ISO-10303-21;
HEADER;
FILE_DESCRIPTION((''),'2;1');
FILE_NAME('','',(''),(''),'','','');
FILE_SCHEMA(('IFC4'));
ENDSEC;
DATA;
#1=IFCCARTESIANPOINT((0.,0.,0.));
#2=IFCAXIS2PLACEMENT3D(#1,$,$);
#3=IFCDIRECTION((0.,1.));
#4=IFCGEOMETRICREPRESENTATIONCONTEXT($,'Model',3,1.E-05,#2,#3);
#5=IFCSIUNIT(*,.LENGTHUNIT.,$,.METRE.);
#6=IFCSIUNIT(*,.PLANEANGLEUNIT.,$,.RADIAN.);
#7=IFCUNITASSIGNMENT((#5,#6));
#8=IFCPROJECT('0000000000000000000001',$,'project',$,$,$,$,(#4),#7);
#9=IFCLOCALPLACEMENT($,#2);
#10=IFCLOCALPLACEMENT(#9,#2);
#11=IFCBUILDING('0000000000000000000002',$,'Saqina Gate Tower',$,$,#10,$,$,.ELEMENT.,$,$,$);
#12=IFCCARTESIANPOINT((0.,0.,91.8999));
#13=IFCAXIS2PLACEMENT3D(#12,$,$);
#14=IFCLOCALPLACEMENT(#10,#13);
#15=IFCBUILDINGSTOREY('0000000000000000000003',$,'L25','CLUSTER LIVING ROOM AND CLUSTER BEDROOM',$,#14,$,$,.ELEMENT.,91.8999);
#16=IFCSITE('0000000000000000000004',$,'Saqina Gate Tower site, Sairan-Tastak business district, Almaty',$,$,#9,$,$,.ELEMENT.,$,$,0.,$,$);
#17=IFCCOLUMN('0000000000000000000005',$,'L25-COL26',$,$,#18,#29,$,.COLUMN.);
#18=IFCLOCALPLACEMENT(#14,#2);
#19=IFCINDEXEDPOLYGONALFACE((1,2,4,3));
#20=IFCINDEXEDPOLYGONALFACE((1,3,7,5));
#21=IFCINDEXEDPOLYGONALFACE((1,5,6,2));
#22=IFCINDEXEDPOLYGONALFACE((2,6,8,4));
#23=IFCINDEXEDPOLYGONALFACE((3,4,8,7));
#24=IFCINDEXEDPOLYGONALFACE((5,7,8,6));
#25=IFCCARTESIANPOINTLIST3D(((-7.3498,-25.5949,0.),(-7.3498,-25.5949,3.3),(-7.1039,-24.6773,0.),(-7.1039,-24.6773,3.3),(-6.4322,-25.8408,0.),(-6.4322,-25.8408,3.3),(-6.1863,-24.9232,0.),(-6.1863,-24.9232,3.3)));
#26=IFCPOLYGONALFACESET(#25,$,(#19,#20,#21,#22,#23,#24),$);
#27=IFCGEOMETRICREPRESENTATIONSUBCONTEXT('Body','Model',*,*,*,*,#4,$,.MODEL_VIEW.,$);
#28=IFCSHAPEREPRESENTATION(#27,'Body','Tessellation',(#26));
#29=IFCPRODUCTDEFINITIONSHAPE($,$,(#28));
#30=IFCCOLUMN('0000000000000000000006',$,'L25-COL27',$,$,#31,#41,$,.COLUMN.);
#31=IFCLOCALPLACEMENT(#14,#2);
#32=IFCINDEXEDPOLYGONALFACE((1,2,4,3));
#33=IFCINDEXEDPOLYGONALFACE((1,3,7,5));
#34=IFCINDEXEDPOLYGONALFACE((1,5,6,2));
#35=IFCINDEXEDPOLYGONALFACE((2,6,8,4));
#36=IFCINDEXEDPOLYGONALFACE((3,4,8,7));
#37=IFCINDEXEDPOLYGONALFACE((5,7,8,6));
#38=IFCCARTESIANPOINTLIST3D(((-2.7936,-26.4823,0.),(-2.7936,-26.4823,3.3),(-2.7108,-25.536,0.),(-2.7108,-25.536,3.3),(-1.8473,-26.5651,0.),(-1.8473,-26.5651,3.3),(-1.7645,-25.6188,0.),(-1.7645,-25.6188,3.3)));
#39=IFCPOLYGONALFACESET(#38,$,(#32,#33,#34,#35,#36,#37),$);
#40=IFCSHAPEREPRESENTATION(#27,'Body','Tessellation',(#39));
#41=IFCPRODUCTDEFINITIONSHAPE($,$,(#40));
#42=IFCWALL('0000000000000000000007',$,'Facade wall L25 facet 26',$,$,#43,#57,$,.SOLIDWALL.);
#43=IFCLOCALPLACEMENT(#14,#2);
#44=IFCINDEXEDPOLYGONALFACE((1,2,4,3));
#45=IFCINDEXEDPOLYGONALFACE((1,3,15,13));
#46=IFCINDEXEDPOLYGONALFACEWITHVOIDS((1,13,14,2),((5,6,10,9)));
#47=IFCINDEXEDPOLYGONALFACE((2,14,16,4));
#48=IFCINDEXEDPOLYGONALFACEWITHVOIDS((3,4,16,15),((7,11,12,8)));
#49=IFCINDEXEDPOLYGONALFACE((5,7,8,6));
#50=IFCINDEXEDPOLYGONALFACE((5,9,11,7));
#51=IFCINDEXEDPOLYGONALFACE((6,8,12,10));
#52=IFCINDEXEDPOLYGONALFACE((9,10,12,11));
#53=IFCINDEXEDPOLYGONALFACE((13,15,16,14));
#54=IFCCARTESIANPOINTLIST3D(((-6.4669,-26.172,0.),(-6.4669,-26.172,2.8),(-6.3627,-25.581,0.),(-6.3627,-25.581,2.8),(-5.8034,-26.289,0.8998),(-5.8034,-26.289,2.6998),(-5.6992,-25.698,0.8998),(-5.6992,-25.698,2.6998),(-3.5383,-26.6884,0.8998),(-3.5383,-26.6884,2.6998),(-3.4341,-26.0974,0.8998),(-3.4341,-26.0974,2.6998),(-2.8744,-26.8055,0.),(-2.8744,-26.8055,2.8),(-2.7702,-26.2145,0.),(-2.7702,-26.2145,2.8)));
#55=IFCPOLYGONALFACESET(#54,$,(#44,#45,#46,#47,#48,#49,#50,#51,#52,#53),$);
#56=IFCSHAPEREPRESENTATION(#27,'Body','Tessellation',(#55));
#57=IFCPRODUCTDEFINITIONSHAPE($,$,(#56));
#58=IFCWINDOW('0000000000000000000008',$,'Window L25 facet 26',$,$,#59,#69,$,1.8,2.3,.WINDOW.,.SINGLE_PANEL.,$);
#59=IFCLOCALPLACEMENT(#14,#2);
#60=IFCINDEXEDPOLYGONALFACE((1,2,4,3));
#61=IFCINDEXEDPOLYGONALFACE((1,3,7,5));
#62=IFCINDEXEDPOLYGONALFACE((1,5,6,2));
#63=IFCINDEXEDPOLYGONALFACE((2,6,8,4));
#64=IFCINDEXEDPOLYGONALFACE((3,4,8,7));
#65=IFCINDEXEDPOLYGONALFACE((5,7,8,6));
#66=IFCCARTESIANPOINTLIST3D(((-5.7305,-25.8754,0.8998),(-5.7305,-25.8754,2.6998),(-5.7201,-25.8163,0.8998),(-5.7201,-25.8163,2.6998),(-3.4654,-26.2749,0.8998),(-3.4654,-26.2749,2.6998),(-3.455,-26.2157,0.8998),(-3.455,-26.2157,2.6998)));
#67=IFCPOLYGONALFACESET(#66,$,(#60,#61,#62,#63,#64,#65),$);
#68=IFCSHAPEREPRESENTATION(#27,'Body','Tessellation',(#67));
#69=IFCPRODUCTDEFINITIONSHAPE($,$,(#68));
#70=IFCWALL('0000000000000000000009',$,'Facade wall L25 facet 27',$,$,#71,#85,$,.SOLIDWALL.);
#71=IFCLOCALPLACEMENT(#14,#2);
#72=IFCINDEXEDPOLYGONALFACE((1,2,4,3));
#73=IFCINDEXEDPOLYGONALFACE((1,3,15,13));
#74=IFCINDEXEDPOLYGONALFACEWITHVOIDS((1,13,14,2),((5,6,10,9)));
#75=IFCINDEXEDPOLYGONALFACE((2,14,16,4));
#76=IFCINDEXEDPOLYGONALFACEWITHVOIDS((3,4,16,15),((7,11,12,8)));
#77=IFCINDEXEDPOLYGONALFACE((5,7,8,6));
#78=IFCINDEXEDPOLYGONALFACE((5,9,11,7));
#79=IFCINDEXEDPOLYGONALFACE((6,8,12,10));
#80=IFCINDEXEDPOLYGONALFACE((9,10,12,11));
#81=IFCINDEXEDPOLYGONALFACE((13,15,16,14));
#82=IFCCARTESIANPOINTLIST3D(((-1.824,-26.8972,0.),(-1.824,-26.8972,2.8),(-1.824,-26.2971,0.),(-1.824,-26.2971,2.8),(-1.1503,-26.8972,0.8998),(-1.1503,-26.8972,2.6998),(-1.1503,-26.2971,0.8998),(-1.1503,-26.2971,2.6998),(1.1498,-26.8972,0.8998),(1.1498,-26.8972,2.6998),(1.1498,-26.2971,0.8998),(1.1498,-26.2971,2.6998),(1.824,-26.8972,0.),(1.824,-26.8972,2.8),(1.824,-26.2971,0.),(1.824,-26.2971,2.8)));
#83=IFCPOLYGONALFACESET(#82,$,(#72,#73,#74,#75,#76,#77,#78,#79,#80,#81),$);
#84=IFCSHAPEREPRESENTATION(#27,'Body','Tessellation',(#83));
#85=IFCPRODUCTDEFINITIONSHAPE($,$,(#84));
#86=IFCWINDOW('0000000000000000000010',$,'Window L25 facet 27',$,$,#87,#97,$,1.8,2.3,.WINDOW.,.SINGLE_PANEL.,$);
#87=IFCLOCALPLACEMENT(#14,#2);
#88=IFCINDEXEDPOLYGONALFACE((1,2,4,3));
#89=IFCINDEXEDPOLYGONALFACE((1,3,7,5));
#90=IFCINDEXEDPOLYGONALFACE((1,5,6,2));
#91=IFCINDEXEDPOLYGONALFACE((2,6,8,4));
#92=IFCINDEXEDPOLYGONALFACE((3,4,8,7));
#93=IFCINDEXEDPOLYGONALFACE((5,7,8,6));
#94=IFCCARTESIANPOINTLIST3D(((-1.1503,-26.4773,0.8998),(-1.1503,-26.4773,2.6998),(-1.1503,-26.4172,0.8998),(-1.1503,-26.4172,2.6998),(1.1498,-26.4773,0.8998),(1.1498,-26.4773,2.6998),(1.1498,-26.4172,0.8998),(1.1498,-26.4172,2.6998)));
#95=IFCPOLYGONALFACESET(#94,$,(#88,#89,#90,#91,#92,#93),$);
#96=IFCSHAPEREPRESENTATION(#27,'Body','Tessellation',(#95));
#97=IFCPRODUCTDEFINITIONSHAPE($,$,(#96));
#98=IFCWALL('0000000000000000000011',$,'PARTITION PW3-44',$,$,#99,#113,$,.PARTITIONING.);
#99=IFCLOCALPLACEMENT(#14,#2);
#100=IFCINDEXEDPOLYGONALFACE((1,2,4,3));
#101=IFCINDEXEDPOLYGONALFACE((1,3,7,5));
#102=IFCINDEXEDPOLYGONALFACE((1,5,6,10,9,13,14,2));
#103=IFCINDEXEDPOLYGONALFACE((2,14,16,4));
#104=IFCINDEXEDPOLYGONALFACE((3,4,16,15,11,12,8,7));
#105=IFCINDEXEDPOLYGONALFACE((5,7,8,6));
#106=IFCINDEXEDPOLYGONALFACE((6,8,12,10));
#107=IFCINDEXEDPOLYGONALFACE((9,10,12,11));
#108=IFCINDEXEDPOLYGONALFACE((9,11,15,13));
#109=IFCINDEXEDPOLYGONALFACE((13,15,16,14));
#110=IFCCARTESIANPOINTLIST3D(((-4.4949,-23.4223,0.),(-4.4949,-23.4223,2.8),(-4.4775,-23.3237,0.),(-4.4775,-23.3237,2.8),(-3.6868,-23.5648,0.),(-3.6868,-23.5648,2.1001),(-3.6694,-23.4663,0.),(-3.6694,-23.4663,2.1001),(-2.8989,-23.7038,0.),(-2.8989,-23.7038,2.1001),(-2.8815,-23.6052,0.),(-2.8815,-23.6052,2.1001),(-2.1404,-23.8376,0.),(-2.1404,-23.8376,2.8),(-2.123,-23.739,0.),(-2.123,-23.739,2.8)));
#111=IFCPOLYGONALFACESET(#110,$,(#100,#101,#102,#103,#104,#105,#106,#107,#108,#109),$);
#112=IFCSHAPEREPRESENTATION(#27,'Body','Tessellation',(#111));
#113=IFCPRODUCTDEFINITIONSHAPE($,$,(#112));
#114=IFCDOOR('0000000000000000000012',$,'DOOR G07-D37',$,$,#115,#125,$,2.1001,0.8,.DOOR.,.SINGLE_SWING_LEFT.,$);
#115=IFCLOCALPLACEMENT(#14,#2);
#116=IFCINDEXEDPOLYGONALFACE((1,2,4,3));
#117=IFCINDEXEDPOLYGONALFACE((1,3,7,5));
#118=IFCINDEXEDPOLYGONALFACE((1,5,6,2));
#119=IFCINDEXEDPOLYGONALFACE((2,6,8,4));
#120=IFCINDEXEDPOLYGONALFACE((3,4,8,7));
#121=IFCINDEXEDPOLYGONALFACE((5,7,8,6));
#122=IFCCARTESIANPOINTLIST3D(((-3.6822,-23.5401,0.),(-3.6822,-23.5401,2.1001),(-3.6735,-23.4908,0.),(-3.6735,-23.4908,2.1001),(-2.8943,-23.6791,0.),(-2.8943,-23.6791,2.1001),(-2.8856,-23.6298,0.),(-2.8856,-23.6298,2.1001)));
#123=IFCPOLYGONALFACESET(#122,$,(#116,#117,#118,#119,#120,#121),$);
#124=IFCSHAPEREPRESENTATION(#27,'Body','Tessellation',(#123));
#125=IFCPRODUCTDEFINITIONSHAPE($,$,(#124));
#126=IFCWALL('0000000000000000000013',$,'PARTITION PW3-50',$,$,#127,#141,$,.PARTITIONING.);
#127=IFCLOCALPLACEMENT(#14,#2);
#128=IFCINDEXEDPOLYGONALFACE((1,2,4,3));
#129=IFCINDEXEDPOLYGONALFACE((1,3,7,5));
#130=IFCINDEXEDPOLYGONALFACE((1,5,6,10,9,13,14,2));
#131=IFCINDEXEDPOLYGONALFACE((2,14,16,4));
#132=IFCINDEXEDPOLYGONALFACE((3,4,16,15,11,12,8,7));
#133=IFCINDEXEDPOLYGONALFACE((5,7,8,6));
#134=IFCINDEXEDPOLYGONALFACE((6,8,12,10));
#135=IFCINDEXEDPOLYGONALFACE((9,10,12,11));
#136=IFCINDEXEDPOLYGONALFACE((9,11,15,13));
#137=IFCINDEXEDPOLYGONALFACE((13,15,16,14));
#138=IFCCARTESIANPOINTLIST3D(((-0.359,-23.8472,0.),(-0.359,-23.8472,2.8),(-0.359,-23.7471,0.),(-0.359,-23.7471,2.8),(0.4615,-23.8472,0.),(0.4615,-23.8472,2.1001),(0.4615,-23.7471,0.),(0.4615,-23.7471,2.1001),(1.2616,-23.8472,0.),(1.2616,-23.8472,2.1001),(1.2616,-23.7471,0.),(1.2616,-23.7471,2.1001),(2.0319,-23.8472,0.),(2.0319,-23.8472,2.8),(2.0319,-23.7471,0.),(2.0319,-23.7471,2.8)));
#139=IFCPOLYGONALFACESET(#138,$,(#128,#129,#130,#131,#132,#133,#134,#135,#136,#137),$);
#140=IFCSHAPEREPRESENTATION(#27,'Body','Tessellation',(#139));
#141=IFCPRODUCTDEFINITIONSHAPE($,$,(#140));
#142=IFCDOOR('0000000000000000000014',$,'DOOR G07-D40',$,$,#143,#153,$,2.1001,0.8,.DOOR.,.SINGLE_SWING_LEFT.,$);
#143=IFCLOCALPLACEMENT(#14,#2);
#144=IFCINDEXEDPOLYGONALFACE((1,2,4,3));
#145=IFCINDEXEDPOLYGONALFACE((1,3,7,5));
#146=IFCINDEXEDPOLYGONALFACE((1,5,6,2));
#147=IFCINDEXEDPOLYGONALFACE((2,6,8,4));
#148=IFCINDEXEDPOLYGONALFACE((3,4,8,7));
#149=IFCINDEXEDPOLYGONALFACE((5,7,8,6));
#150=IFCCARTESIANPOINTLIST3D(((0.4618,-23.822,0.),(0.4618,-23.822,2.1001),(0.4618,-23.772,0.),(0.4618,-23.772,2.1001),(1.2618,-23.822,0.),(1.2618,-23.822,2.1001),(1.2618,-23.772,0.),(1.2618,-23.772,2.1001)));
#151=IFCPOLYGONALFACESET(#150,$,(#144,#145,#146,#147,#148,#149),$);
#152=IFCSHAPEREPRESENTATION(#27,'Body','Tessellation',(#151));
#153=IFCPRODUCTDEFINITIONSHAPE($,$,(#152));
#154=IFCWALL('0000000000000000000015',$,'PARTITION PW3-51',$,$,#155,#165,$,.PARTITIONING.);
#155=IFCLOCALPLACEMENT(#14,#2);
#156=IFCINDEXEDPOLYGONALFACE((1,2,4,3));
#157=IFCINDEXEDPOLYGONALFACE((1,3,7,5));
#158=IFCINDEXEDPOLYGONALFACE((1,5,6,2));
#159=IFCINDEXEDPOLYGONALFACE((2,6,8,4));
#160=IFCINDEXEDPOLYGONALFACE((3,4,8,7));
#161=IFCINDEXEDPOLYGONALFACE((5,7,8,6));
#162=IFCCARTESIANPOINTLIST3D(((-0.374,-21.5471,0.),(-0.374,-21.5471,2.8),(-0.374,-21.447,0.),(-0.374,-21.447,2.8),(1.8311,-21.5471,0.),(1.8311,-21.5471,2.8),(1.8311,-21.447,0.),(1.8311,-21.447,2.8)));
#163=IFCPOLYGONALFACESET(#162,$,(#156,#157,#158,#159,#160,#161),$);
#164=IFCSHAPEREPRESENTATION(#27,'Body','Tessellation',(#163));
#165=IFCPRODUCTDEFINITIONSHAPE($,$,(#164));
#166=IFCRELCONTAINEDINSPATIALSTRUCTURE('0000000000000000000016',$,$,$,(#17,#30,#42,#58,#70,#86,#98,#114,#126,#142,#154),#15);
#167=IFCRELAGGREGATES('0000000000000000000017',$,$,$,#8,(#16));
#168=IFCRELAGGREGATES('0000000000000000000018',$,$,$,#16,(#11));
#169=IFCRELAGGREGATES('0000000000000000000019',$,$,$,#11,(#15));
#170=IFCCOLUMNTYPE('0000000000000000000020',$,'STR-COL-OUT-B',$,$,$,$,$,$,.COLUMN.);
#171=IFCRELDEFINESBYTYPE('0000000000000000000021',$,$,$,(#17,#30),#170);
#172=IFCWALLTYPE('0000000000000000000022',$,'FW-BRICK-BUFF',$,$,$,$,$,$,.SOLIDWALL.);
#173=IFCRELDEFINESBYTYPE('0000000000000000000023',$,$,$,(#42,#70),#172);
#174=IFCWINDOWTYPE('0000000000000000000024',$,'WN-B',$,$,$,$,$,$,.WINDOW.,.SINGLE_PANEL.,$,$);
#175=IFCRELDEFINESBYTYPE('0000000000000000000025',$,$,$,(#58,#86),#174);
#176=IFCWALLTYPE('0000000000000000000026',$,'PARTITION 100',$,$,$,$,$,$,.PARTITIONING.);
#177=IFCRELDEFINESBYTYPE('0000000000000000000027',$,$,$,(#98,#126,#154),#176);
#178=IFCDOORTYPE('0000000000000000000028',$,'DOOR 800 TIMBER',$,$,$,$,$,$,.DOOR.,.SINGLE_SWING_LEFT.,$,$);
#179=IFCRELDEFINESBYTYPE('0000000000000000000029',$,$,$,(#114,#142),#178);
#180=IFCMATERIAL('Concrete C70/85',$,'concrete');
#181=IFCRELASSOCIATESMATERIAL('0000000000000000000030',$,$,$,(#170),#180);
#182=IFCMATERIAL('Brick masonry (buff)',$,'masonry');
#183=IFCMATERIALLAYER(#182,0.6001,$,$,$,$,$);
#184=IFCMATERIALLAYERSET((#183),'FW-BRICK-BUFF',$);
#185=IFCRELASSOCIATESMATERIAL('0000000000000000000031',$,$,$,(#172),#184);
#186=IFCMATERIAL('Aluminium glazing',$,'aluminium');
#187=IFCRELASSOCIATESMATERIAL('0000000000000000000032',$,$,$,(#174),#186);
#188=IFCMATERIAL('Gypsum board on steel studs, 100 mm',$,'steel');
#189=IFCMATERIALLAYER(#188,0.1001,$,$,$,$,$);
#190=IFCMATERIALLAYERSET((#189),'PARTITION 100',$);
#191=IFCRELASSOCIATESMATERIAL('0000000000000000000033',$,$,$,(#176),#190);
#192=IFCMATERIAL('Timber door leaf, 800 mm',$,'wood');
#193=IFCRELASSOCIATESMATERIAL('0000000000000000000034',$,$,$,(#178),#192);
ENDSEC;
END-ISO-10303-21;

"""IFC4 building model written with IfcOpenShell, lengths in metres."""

from ifc_helpers import new_model, si_unit, direction, frame, frame_2d, origin, origin_2d, place, context, subcontext, project, spatial, rectangle, extrude, material, layer, layer_set, material_profile, profile_set, type_object, element, fill, save


model = new_model("IFC4")

# Units and contexts
model_context = context("Model", 3, precision=1e-05, world=origin(), true_north=direction((0.0, 1.0)))
body_context = subcontext(model_context, "Body", "Model", "MODEL_VIEW")
ifc_project = project(units=[si_unit("LENGTHUNIT", "METRE"), si_unit("PLANEANGLEUNIT", "RADIAN")], contexts=[model_context])

# Site, building, storey
site_placement = place(None, origin())
site = spatial("IfcSite", under=ifc_project, at=site_placement, Name="Saqina Gate Tower site, Sairan-Tastak business district, Almaty", CompositionType="ELEMENT", RefElevation=0.0)
building_placement = place(site_placement, origin())
building = spatial("IfcBuilding", under=site, at=building_placement, Name="Saqina Gate Tower", CompositionType="ELEMENT")
storey_placement = place(building_placement, frame((0.0, 0.0, 91.8999)))
storey = spatial("IfcBuildingStorey", under=building, at=storey_placement, Name="L25", Description="CLUSTER LIVING ROOM AND CLUSTER BEDROOM", CompositionType="ELEMENT", Elevation=91.8999)

# Columns
ifc_material_1 = material(Name="Concrete C70/85", Category="concrete")
ifc_material_profile = material_profile(ifc_material_1, rectangle(XDim=0.95, YDim=0.95, at=origin_2d()), Name="RC 950x950")
ifc_profile_set = profile_set([ifc_material_profile], Name="Concrete C70/85")
column_type = type_object("IfcColumnType", Name="STR-COL-OUT-B", PredefinedType="COLUMN", material=ifc_profile_set)
for number, where, z_axis, x_axis, name in (
    (1, (-6.7681, -25.259, 0.0), (0.0, 0.0, 1.0), (-0.258819, -0.965926, 0.0), "L25-COL26"),
    (2, (-2.2791, -26.0505, 0.0), (0.0, 0.0, 1.0), (-0.087156, -0.996195, 0.0), "L25-COL27"),
):
    element("IfcColumn", number, at=place(storey_placement, frame(where, z_axis=z_axis, x_axis=x_axis)), inside=storey, type_object=column_type, Name=name, PredefinedType="COLUMN", context=body_context, shape_type="SweptSolid", body=[
        extrude(rectangle(XDim=0.95, YDim=0.95, at=origin_2d()), origin(), (0.0, 0.0, 1.0), 3.3),
    ])

# Walls, openings, windows
ifc_material_2 = material(Name="Brick masonry (buff)", Category="masonry")
ifc_layer_1 = layer(ifc_material_2, 0.6001)
ifc_layer_set_1 = layer_set([ifc_layer_1], Name="FW-BRICK-BUFF")
wall_type_1 = type_object("IfcWallType", Name="FW-BRICK-BUFF", PredefinedType="SOLIDWALL", material=ifc_layer_set_1)
wall_1_placement = place(storey_placement, frame((-6.4148, -25.8765, 0.0), z_axis=(0.0, 0.0, 1.0), x_axis=(0.984804, -0.173671, 0.0)))
wall_1 = element("IfcWall", 3, at=wall_1_placement, inside=storey, type_object=wall_type_1, Name="Facade wall L25 facet 26", PredefinedType="SOLIDWALL", context=body_context, shape_type="SweptSolid", body=[
    extrude(rectangle(XDim=3.6479, YDim=0.6001, at=frame_2d((1.824, 0.0))), origin(), (0.0, 0.0, 1.0), 2.8),
])
opening_1_placement = place(wall_1_placement, frame((0.6738, 0.0, 0.8999)))
opening_1 = element("IfcOpeningElement", 4, at=opening_1_placement, cuts=wall_1, PredefinedType="OPENING", context=body_context, shape_type="SweptSolid", body=[
    extrude(rectangle(XDim=2.3, YDim=1.8, at=frame_2d((1.1499, 0.8999))), frame((0.0, 0.312, 0.0), z_axis=(0.0, -1.0, 0.0), x_axis=(1.0, 0.0, 0.0)), (0.0, 0.0, 1.0), 0.624),
])
ifc_material_3 = material(Name="Aluminium glazing", Category="aluminium")
window_type = type_object("IfcWindowType", Name="WN-B", PartitioningType="SINGLE_PANEL", PredefinedType="WINDOW", material=ifc_material_3)
window_1_placement = place(opening_1_placement, origin())
window_1 = element("IfcWindow", 5, at=window_1_placement, inside=storey, type_object=window_type, Name="Window L25 facet 26", OverallHeight=1.8, OverallWidth=2.3, PartitioningType="SINGLE_PANEL", PredefinedType="WINDOW", context=body_context, shape_type="SweptSolid", body=[
    extrude(rectangle(XDim=2.3, YDim=1.8, at=frame_2d((1.1499, 0.8999))), frame((0.0, 0.1799, 0.0), z_axis=(0.0, -1.0, 0.0), x_axis=(1.0, 0.0, 0.0)), (0.0, 0.0, 1.0), 0.0601),
])
fill(opening_1, window_1)
wall_2_placement = place(storey_placement, frame((-1.824, -26.5972, 0.0), z_axis=(0.0, 0.0, 1.0), x_axis=(1.0, 0.0, 0.0)))
wall_2 = element("IfcWall", 6, at=wall_2_placement, inside=storey, type_object=wall_type_1, Name="Facade wall L25 facet 27", PredefinedType="SOLIDWALL", context=body_context, shape_type="SweptSolid", body=[
    extrude(rectangle(XDim=3.6479, YDim=0.6001, at=frame_2d((1.824, 0.0))), origin(), (0.0, 0.0, 1.0), 2.8),
])
opening_2_placement = place(wall_2_placement, frame((0.6738, 0.0, 0.8999)))
opening_2 = element("IfcOpeningElement", 7, at=opening_2_placement, cuts=wall_2, PredefinedType="OPENING", context=body_context, shape_type="SweptSolid", body=[
    extrude(rectangle(XDim=2.3, YDim=1.8, at=frame_2d((1.1499, 0.8999))), frame((0.0, 0.312, 0.0), z_axis=(0.0, -1.0, 0.0), x_axis=(1.0, 0.0, 0.0)), (0.0, 0.0, 1.0), 0.624),
])
window_2_placement = place(opening_2_placement, origin())
window_2 = element("IfcWindow", 8, at=window_2_placement, inside=storey, type_object=window_type, Name="Window L25 facet 27", OverallHeight=1.8, OverallWidth=2.3, PartitioningType="SINGLE_PANEL", PredefinedType="WINDOW", context=body_context, shape_type="SweptSolid", body=[
    extrude(rectangle(XDim=2.3, YDim=1.8, at=frame_2d((1.1499, 0.8999))), frame((0.0, 0.1799, 0.0), z_axis=(0.0, -1.0, 0.0), x_axis=(1.0, 0.0, 0.0)), (0.0, 0.0, 1.0), 0.0601),
])
fill(opening_2, window_2)

# Walls, openings, doors
ifc_material_4 = material(Name="Gypsum board on steel studs, 100 mm", Category="steel")
ifc_layer_2 = layer(ifc_material_4, 0.1001)
ifc_layer_set_2 = layer_set([ifc_layer_2], Name="PARTITION 100")
wall_type_2 = type_object("IfcWallType", Name="PARTITION 100", PredefinedType="PARTITIONING", material=ifc_layer_set_2)
wall_3_placement = place(storey_placement, frame((-4.4861, -23.373, 0.0), z_axis=(0.0, 0.0, 1.0), x_axis=(0.984799, -0.173698, 0.0)))
wall_3 = element("IfcWall", 9, at=wall_3_placement, inside=storey, type_object=wall_type_2, Name="PARTITION PW3-44", PredefinedType="PARTITIONING", context=body_context, shape_type="SweptSolid", body=[
    extrude(rectangle(XDim=2.3909, YDim=0.1001, at=frame_2d((1.1953, 0.0))), origin(), (0.0, 0.0, 1.0), 2.8),
])
opening_3_placement = place(wall_3_placement, frame((0.8206, 0.0, 0.0)))
opening_3 = element("IfcOpeningElement", 10, at=opening_3_placement, cuts=wall_3, PredefinedType="OPENING", context=body_context, shape_type="SweptSolid", body=[
    extrude(rectangle(XDim=0.8, YDim=2.1001, at=frame_2d((0.3999, 1.05))), frame((0.0, 0.062, 0.0), z_axis=(0.0, -1.0, 0.0), x_axis=(1.0, 0.0, 0.0)), (0.0, 0.0, 1.0), 0.124),
])
ifc_material_5 = material(Name="Timber door leaf, 800 mm", Category="wood")
door_type_1 = type_object("IfcDoorType", Name="DOOR 800 TIMBER", OperationType="SINGLE_SWING_LEFT", PredefinedType="DOOR", material=ifc_material_5)
door_1_placement = place(opening_3_placement, frame((0.8, 0.0, 0.0), z_axis=(0.0, 0.0, 1.0), x_axis=(-1.0, 0.0, 0.0)))
door_1 = element("IfcDoor", 11, at=door_1_placement, inside=storey, type_object=door_type_1, Name="DOOR G07-D37", OperationType="SINGLE_SWING_LEFT", OverallHeight=2.1001, OverallWidth=0.8, PredefinedType="DOOR", context=body_context, shape_type="SweptSolid", body=[
    extrude(rectangle(XDim=0.8, YDim=2.1001, at=frame_2d((0.3999, 1.05))), frame((0.0, 0.0249, 0.0), z_axis=(0.0, -1.0, 0.0), x_axis=(1.0, 0.0, 0.0)), (0.0, 0.0, 1.0), 0.05),
])
fill(opening_3, door_1)
wall_4_placement = place(storey_placement, frame((-0.3589, -23.7971, 0.0), z_axis=(0.0, 0.0, 1.0), x_axis=(1.0, 0.0, 0.0)))
wall_4 = element("IfcWall", 12, at=wall_4_placement, inside=storey, type_object=wall_type_2, Name="PARTITION PW3-50", PredefinedType="PARTITIONING", context=body_context, shape_type="SweptSolid", body=[
    extrude(rectangle(XDim=2.3909, YDim=0.1001, at=frame_2d((1.1953, 0.0))), origin(), (0.0, 0.0, 1.0), 2.8),
])
opening_4_placement = place(wall_4_placement, frame((0.8206, 0.0, 0.0)))
opening_4 = element("IfcOpeningElement", 13, at=opening_4_placement, cuts=wall_4, PredefinedType="OPENING", context=body_context, shape_type="SweptSolid", body=[
    extrude(rectangle(XDim=0.8, YDim=2.1001, at=frame_2d((0.3999, 1.05))), frame((0.0, 0.062, 0.0), z_axis=(0.0, -1.0, 0.0), x_axis=(1.0, 0.0, 0.0)), (0.0, 0.0, 1.0), 0.124),
])
door_2_placement = place(opening_4_placement, frame((0.8, 0.0, 0.0), z_axis=(0.0, 0.0, 1.0), x_axis=(-1.0, 0.0, 0.0)))
door_2 = element("IfcDoor", 14, at=door_2_placement, inside=storey, type_object=door_type_1, Name="DOOR G07-D40", OperationType="SINGLE_SWING_LEFT", OverallHeight=2.1001, OverallWidth=0.8, PredefinedType="DOOR", context=body_context, shape_type="SweptSolid", body=[
    extrude(rectangle(XDim=0.8, YDim=2.1001, at=frame_2d((0.3999, 1.05))), frame((0.0, 0.0249, 0.0), z_axis=(0.0, -1.0, 0.0), x_axis=(1.0, 0.0, 0.0)), (0.0, 0.0, 1.0), 0.05),
])
fill(opening_4, door_2)

# Wall
wall_5_placement = place(storey_placement, frame((-0.374, -21.4971, 0.0), z_axis=(0.0, 0.0, 1.0), x_axis=(1.0, 0.0, 0.0)))
element("IfcWall", 15, at=wall_5_placement, inside=storey, type_object=wall_type_2, Name="PARTITION PW3-51", PredefinedType="PARTITIONING", context=body_context, shape_type="SweptSolid", body=[
    extrude(rectangle(XDim=2.2051, YDim=0.1001, at=frame_2d((1.1025, 0.0))), origin(), (0.0, 0.0, 1.0), 2.8),
])

save(model, "model.ifc")
